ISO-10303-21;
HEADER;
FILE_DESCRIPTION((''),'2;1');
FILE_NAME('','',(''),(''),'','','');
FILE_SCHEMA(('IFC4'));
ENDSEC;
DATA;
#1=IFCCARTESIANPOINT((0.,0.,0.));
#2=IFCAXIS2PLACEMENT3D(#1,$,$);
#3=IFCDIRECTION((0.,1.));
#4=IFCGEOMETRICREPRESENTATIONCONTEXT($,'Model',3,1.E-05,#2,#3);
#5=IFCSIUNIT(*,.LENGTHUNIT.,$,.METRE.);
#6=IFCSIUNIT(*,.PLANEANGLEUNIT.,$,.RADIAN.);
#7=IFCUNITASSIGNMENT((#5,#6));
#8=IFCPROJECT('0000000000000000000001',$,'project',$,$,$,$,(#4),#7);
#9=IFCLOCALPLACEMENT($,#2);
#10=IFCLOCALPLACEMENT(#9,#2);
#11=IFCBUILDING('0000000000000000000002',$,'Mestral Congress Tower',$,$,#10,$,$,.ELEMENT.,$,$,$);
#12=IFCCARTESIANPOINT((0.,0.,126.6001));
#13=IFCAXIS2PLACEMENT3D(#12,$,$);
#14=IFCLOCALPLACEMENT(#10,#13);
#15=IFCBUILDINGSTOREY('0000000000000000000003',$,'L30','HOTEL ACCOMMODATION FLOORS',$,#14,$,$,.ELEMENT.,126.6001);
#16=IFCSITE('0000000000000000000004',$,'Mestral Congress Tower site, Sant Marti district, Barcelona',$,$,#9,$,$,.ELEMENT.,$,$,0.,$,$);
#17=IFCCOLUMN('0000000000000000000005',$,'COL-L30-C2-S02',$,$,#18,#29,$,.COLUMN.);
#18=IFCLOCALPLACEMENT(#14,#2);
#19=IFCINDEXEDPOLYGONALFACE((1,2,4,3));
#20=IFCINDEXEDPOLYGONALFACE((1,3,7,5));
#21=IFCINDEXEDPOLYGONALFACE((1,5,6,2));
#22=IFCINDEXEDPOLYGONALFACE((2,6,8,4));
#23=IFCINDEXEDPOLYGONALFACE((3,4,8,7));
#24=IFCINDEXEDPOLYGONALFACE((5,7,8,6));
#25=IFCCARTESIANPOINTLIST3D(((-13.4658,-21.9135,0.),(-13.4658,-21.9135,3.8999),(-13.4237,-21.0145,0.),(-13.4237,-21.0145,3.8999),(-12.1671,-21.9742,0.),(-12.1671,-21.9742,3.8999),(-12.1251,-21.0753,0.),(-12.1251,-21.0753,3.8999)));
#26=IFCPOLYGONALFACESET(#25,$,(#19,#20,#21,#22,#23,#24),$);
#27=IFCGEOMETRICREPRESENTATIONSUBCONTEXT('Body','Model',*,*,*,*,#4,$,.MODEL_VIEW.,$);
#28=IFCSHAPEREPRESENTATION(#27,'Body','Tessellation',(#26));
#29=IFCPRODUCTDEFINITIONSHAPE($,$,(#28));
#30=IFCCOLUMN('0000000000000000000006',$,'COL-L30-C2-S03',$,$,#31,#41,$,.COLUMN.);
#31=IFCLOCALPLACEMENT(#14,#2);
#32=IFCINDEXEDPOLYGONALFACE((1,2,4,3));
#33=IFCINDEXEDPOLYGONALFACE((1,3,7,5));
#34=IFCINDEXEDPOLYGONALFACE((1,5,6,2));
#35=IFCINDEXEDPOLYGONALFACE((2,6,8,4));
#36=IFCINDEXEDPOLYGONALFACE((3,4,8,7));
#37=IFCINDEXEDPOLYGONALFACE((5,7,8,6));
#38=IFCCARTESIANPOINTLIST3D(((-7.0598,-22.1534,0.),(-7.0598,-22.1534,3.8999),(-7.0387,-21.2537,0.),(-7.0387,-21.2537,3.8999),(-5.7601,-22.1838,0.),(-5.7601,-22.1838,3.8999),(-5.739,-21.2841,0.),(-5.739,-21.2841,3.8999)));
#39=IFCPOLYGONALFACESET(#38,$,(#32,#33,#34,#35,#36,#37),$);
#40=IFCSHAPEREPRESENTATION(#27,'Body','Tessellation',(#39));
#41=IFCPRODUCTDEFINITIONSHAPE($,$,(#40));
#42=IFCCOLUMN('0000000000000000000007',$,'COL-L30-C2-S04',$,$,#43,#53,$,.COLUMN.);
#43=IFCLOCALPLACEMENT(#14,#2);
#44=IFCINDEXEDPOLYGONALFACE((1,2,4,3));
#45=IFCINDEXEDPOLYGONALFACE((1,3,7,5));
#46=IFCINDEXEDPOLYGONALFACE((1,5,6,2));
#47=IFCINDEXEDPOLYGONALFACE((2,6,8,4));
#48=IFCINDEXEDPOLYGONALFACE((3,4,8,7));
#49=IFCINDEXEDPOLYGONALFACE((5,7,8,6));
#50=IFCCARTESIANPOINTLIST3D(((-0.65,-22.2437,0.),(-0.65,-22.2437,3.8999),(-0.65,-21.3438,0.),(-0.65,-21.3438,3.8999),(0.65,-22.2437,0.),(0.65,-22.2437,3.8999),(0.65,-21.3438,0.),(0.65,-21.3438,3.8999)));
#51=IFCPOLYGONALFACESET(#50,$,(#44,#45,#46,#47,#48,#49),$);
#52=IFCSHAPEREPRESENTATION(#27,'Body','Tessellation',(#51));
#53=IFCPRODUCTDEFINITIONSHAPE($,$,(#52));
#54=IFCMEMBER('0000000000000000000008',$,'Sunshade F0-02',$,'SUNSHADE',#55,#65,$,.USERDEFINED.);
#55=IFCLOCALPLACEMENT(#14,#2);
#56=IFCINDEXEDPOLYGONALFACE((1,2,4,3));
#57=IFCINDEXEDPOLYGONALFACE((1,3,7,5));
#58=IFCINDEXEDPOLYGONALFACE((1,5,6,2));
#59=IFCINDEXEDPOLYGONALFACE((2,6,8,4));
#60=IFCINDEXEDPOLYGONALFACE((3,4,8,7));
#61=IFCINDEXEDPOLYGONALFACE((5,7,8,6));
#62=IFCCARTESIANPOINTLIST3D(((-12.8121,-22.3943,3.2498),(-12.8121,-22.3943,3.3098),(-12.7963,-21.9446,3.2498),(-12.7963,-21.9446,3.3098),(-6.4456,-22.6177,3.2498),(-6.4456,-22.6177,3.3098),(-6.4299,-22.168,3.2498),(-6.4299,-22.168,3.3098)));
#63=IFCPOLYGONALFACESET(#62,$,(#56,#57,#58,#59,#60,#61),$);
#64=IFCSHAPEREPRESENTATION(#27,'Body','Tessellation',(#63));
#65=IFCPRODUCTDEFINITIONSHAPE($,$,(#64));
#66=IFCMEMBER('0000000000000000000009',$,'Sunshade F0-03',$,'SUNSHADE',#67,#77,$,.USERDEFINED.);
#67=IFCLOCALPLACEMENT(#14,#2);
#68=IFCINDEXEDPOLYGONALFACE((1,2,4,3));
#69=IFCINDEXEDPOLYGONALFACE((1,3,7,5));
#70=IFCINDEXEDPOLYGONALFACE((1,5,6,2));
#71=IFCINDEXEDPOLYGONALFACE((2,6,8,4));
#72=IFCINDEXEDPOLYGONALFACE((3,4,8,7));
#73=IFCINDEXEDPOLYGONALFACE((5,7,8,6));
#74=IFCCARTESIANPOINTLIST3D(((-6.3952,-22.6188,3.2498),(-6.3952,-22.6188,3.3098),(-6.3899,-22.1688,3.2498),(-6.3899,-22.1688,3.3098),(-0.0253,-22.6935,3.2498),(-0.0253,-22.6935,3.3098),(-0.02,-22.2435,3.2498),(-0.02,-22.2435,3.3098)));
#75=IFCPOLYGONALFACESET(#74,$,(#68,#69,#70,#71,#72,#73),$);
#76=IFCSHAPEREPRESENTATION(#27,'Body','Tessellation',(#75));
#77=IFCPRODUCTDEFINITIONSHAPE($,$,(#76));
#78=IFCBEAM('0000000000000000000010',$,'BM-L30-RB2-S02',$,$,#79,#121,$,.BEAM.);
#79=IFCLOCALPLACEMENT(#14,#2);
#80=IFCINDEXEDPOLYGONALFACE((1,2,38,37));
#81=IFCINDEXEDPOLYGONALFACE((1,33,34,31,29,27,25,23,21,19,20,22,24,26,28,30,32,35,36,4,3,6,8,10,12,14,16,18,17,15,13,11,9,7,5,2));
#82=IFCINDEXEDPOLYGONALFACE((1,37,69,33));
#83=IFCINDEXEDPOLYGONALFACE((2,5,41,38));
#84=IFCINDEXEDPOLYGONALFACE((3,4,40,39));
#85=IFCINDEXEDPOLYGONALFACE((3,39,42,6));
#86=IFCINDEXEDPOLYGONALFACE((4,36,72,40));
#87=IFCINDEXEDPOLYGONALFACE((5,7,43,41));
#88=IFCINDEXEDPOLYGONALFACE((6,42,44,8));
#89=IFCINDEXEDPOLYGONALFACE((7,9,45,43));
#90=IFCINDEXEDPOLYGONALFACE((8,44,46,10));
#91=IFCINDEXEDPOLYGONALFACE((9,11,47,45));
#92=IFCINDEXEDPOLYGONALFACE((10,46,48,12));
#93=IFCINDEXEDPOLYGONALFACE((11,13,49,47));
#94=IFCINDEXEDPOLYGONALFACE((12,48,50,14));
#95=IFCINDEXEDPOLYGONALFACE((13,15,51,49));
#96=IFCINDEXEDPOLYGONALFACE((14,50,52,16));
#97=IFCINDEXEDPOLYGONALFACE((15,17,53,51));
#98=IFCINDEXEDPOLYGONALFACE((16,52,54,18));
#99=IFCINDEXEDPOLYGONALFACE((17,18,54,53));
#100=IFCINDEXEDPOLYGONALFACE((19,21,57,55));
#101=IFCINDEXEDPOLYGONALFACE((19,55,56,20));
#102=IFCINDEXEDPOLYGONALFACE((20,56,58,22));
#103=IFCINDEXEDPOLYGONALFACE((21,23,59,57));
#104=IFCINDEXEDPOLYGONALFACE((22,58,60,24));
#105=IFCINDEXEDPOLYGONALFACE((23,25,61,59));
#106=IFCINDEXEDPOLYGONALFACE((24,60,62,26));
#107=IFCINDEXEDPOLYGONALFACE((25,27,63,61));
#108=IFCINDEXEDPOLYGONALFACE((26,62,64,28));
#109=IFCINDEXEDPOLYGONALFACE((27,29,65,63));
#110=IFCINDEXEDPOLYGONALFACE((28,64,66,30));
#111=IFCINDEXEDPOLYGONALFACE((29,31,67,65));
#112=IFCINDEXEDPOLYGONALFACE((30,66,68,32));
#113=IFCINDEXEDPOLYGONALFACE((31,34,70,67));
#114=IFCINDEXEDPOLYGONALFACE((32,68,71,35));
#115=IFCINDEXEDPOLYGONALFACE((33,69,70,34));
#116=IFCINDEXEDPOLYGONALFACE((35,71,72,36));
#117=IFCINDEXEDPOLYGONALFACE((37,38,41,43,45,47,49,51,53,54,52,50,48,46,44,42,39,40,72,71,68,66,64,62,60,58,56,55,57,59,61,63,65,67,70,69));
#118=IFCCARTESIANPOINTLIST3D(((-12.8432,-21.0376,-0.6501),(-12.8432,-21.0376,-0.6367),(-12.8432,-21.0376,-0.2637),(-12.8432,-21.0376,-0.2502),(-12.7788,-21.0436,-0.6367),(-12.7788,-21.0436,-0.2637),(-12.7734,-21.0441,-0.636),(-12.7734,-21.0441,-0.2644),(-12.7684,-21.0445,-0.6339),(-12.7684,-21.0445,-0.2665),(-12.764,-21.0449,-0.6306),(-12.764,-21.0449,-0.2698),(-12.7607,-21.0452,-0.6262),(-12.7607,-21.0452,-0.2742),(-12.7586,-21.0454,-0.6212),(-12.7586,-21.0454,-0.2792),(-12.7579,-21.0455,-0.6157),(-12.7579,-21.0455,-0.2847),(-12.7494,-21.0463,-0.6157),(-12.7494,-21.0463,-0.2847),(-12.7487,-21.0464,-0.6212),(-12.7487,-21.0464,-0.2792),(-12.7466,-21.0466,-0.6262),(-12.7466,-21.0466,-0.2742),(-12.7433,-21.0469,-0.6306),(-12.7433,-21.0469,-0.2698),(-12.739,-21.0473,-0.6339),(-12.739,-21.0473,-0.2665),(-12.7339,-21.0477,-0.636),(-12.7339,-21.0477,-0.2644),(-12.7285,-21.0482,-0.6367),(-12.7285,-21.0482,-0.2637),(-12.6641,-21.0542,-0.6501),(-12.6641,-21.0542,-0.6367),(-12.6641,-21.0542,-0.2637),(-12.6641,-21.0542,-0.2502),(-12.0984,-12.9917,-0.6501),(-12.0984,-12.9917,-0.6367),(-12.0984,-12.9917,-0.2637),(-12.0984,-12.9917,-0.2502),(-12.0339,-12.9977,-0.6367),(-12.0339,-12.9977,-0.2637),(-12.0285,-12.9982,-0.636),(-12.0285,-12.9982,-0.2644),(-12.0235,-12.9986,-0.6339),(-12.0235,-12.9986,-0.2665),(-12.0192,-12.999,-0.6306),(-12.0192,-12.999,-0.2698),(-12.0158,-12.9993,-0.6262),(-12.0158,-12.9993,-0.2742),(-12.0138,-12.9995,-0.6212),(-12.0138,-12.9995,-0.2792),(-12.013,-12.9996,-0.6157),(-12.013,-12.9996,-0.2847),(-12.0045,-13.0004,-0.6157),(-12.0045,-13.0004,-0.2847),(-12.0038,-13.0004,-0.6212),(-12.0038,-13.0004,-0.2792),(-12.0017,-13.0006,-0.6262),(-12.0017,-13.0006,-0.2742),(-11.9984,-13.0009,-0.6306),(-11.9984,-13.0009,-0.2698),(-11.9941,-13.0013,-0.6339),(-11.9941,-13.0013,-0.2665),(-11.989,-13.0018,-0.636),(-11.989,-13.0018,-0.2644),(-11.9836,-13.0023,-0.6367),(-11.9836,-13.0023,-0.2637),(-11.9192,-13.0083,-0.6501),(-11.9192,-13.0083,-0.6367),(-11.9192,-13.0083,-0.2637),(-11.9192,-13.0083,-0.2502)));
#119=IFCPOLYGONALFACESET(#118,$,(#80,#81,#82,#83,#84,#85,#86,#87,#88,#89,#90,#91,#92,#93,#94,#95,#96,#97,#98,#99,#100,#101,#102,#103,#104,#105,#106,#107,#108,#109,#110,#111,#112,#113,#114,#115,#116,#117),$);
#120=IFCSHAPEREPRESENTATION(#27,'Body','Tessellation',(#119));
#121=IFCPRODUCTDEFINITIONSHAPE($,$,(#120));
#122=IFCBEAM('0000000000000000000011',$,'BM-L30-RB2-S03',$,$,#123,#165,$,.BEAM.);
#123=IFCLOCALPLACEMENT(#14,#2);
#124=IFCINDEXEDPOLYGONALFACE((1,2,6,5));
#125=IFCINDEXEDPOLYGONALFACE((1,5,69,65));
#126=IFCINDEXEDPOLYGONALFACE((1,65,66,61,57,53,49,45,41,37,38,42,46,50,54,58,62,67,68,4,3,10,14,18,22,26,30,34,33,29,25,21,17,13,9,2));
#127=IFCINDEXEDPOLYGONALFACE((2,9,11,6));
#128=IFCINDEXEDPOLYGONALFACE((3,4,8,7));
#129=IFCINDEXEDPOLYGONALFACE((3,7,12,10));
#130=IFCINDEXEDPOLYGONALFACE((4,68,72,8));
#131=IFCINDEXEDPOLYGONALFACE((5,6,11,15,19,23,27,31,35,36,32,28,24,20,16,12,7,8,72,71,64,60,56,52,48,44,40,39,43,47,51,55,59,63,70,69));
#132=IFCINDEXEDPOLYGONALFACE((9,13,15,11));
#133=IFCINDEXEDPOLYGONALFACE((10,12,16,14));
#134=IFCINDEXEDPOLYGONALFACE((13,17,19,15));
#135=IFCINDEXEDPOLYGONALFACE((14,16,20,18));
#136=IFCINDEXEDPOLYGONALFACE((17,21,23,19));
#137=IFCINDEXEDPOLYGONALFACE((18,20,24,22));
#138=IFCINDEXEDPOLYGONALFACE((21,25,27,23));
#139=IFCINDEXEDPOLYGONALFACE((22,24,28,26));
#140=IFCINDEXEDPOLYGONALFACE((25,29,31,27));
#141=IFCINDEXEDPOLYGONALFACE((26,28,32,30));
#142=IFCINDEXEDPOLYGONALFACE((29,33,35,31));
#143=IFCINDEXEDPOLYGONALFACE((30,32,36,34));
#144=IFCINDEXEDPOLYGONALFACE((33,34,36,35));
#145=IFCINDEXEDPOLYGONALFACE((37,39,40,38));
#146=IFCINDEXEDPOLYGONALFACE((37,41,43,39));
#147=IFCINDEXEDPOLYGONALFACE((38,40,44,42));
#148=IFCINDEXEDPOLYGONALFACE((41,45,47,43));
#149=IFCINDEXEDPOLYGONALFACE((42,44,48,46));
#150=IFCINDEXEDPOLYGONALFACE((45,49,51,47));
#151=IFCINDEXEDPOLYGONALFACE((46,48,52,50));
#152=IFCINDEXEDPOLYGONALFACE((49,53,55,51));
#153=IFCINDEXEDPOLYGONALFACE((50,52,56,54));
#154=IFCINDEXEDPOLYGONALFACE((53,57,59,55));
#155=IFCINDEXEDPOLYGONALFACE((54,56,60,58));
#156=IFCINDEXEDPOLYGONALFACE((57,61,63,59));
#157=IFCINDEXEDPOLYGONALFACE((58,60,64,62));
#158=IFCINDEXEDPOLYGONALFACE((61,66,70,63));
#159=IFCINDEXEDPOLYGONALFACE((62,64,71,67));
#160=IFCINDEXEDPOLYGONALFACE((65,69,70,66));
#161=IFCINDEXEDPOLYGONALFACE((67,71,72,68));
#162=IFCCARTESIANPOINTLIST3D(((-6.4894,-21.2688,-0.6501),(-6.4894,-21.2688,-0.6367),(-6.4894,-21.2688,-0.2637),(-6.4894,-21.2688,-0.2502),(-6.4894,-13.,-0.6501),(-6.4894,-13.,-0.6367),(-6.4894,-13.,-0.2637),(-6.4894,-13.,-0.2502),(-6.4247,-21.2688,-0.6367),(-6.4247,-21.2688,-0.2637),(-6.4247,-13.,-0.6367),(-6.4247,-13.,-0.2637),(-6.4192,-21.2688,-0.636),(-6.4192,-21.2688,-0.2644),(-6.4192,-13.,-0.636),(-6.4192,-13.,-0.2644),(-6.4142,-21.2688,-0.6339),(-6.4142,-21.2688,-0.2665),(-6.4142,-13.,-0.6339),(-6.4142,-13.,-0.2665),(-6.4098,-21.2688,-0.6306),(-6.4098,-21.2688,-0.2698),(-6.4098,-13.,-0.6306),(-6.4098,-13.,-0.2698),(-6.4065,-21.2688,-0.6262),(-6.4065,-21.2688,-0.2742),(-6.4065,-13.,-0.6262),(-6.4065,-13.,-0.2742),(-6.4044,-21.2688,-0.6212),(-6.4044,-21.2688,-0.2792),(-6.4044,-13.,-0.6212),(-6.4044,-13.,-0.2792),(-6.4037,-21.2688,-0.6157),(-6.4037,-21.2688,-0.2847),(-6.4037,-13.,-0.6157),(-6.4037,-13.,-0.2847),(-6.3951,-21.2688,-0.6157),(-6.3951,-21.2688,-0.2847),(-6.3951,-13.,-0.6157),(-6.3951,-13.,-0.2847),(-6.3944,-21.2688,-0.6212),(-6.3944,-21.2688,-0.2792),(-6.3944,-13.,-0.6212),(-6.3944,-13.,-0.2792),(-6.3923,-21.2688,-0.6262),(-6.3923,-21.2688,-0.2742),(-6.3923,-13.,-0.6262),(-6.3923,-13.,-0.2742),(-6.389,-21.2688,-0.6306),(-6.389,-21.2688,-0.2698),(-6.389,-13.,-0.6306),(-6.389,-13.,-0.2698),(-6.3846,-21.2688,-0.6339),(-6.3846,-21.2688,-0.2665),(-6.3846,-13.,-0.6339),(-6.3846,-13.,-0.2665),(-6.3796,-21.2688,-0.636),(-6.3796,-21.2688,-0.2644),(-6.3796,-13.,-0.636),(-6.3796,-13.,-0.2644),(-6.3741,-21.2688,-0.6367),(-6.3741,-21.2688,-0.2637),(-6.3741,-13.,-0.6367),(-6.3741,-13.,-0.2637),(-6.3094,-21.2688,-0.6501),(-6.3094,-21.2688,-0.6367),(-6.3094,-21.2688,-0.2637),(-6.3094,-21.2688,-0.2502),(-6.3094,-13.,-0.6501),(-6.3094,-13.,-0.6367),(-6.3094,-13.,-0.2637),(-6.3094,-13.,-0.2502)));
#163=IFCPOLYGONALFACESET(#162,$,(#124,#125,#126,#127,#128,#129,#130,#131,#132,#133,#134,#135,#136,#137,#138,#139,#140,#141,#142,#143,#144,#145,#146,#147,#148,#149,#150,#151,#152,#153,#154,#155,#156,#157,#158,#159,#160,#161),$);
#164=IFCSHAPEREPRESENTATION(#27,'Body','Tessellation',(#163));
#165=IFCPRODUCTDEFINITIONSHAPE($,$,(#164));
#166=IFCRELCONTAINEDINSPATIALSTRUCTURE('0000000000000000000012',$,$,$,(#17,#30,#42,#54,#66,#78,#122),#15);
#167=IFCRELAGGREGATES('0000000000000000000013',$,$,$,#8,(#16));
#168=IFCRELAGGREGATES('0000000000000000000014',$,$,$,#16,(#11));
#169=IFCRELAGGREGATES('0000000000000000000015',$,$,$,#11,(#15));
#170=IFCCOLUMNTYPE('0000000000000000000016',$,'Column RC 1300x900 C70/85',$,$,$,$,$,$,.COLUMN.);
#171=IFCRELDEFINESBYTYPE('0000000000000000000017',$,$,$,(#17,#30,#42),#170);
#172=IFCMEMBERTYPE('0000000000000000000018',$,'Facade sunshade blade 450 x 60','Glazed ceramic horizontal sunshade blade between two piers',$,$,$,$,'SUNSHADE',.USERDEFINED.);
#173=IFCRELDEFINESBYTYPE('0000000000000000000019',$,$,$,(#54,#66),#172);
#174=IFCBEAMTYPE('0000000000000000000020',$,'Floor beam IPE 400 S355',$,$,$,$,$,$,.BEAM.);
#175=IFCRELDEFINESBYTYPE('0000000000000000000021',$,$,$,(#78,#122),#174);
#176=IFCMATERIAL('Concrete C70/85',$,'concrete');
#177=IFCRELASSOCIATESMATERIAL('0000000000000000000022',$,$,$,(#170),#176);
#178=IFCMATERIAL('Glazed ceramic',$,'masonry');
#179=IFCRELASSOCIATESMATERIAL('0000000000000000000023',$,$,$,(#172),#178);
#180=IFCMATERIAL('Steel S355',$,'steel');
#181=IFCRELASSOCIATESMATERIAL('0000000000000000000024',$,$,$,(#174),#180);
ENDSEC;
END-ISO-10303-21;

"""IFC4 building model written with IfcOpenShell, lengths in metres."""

from ifc_helpers import new_model, si_unit, direction, frame, origin, origin_2d, place, context, subcontext, project, spatial, rectangle, i_section, extrude, material, material_profile, profile_set, type_object, element, save


model = new_model("IFC4")

# Units and contexts
model_context = context("Model", 3, precision=1e-05, world=origin(), true_north=direction((0.0, 1.0)))
body_context = subcontext(model_context, "Body", "Model", "MODEL_VIEW")
ifc_project = project(units=[si_unit("LENGTHUNIT", "METRE"), si_unit("PLANEANGLEUNIT", "RADIAN")], contexts=[model_context])

# Site, building, storey
site_placement = place(None, origin())
site = spatial("IfcSite", under=ifc_project, at=site_placement, Name="Mestral Congress Tower site, Sant Marti district, Barcelona", CompositionType="ELEMENT", RefElevation=0.0)
building_placement = place(site_placement, origin())
building = spatial("IfcBuilding", under=site, at=building_placement, Name="Mestral Congress Tower", CompositionType="ELEMENT")
storey_placement = place(building_placement, frame((0.0, 0.0, 126.6001)))
storey = spatial("IfcBuildingStorey", under=building, at=storey_placement, Name="L30", Description="HOTEL ACCOMMODATION FLOORS", CompositionType="ELEMENT", Elevation=126.6001)

# Columns
ifc_material_1 = material(Name="Concrete C70/85", Category="concrete")
ifc_material_profile_1 = material_profile(ifc_material_1, rectangle(XDim=1.3, YDim=0.8999, at=origin_2d()), Name="RC 1300x900")
ifc_profile_set_1 = profile_set([ifc_material_profile_1], Name="Concrete C70/85")
column_type = type_object("IfcColumnType", Name="Column RC 1300x900 C70/85", PredefinedType="COLUMN", material=ifc_profile_set_1)
for number, where, z_axis, x_axis, name in (
    (1, (-12.7954, -21.4944, 0.0), (0.0, 0.0, 1.0), (0.998906, -0.046756, 0.0), "COL-L30-C2-S02"),
    (2, (-6.3994, -21.7188, 0.0), (0.0, 0.0, 1.0), (0.999727, -0.023384, 0.0), "COL-L30-C2-S03"),
    (3, (0.0, -21.7937, 0.0), (0.0, 0.0, 1.0), (1.0, 0.0, 0.0), "COL-L30-C2-S04"),
):
    element("IfcColumn", number, at=place(storey_placement, frame(where, z_axis=z_axis, x_axis=x_axis)), inside=storey, type_object=column_type, Name=name, PredefinedType="COLUMN", context=body_context, shape_type="SweptSolid", body=[
        extrude(rectangle(XDim=1.3, YDim=0.8999, at=origin_2d()), origin(), (0.0, 0.0, 1.0), 3.8999),
    ])

# Members
ifc_material_2 = material(Name="Glazed ceramic", Category="masonry")
ifc_material_profile_2 = material_profile(ifc_material_2, rectangle(XDim=0.45, YDim=0.0601, at=origin_2d()), Name="Ceramic blade 450 x 60")
ifc_profile_set_2 = profile_set([ifc_material_profile_2], Name="Glazed ceramic")
member_type = type_object("IfcMemberType", Name="Facade sunshade blade 450 x 60", Description="Glazed ceramic horizontal sunshade blade between two piers", ElementType="SUNSHADE", PredefinedType="USERDEFINED", material=ifc_profile_set_2)
for number, where, z_axis, x_axis, name in (
    (4, (-12.8042, -22.1694, 3.2798), (0.999385, -0.035067, 0.0), (0.035067, 0.999385, 0.0), "Sunshade F0-02"),
    (5, (-6.3926, -22.3938, 3.2798), (0.999931, -0.011727, 0.0), (0.011727, 0.999931, 0.0), "Sunshade F0-03"),
):
    element("IfcMember", number, at=place(storey_placement, frame(where, z_axis=z_axis, x_axis=x_axis)), inside=storey, type_object=member_type, Name=name, ObjectType="SUNSHADE", PredefinedType="USERDEFINED", context=body_context, shape_type="SweptSolid", body=[
        extrude(rectangle(XDim=0.45, YDim=0.0601, at=origin_2d()), origin(), (0.0, 0.0, 1.0), 6.3704),
    ])

# Beams
ifc_material_3 = material(Name="Steel S355", Category="steel")
ifc_material_profile_3 = material_profile(ifc_material_3, i_section(OverallWidth=0.1799, OverallDepth=0.3999, WebThickness=0.0085, FlangeThickness=0.0134, FilletRadius=0.021, at=origin_2d()), Name="IPE 400")
ifc_profile_set_3 = profile_set([ifc_material_profile_3], Name="Steel S355")
beam_type_1 = type_object("IfcBeamType", Name="Floor beam IPE 400 S355", PredefinedType="BEAM", material=ifc_profile_set_3)
beam_1_placement = place(storey_placement, frame((-12.7537, -21.0459, -0.4502), z_axis=(0.092184, 0.995742, 0.0), x_axis=(-0.995742, 0.092184, 0.0)))
element("IfcBeam", 6, at=beam_1_placement, inside=storey, type_object=beam_type_1, Name="BM-L30-RB2-S02", PredefinedType="BEAM", context=body_context, shape_type="SweptSolid", body=[
    extrude(i_section(OverallWidth=0.1799, OverallDepth=0.3999, WebThickness=0.0085, FlangeThickness=0.0134, FilletRadius=0.021, at=origin_2d()), origin(), (0.0, 0.0, 1.0), 8.0803),
])
beam_2_placement = place(storey_placement, frame((-6.3994, -21.2688, -0.4502), z_axis=(0.0, 1.0, 0.0), x_axis=(-1.0, 0.0, 0.0)))
element("IfcBeam", 7, at=beam_2_placement, inside=storey, type_object=beam_type_1, Name="BM-L30-RB2-S03", PredefinedType="BEAM", context=body_context, shape_type="SweptSolid", body=[
    extrude(i_section(OverallWidth=0.1799, OverallDepth=0.3999, WebThickness=0.0085, FlangeThickness=0.0134, FilletRadius=0.021, at=origin_2d()), origin(), (0.0, 0.0, 1.0), 8.2688),
])

save(model, "model.ifc")
